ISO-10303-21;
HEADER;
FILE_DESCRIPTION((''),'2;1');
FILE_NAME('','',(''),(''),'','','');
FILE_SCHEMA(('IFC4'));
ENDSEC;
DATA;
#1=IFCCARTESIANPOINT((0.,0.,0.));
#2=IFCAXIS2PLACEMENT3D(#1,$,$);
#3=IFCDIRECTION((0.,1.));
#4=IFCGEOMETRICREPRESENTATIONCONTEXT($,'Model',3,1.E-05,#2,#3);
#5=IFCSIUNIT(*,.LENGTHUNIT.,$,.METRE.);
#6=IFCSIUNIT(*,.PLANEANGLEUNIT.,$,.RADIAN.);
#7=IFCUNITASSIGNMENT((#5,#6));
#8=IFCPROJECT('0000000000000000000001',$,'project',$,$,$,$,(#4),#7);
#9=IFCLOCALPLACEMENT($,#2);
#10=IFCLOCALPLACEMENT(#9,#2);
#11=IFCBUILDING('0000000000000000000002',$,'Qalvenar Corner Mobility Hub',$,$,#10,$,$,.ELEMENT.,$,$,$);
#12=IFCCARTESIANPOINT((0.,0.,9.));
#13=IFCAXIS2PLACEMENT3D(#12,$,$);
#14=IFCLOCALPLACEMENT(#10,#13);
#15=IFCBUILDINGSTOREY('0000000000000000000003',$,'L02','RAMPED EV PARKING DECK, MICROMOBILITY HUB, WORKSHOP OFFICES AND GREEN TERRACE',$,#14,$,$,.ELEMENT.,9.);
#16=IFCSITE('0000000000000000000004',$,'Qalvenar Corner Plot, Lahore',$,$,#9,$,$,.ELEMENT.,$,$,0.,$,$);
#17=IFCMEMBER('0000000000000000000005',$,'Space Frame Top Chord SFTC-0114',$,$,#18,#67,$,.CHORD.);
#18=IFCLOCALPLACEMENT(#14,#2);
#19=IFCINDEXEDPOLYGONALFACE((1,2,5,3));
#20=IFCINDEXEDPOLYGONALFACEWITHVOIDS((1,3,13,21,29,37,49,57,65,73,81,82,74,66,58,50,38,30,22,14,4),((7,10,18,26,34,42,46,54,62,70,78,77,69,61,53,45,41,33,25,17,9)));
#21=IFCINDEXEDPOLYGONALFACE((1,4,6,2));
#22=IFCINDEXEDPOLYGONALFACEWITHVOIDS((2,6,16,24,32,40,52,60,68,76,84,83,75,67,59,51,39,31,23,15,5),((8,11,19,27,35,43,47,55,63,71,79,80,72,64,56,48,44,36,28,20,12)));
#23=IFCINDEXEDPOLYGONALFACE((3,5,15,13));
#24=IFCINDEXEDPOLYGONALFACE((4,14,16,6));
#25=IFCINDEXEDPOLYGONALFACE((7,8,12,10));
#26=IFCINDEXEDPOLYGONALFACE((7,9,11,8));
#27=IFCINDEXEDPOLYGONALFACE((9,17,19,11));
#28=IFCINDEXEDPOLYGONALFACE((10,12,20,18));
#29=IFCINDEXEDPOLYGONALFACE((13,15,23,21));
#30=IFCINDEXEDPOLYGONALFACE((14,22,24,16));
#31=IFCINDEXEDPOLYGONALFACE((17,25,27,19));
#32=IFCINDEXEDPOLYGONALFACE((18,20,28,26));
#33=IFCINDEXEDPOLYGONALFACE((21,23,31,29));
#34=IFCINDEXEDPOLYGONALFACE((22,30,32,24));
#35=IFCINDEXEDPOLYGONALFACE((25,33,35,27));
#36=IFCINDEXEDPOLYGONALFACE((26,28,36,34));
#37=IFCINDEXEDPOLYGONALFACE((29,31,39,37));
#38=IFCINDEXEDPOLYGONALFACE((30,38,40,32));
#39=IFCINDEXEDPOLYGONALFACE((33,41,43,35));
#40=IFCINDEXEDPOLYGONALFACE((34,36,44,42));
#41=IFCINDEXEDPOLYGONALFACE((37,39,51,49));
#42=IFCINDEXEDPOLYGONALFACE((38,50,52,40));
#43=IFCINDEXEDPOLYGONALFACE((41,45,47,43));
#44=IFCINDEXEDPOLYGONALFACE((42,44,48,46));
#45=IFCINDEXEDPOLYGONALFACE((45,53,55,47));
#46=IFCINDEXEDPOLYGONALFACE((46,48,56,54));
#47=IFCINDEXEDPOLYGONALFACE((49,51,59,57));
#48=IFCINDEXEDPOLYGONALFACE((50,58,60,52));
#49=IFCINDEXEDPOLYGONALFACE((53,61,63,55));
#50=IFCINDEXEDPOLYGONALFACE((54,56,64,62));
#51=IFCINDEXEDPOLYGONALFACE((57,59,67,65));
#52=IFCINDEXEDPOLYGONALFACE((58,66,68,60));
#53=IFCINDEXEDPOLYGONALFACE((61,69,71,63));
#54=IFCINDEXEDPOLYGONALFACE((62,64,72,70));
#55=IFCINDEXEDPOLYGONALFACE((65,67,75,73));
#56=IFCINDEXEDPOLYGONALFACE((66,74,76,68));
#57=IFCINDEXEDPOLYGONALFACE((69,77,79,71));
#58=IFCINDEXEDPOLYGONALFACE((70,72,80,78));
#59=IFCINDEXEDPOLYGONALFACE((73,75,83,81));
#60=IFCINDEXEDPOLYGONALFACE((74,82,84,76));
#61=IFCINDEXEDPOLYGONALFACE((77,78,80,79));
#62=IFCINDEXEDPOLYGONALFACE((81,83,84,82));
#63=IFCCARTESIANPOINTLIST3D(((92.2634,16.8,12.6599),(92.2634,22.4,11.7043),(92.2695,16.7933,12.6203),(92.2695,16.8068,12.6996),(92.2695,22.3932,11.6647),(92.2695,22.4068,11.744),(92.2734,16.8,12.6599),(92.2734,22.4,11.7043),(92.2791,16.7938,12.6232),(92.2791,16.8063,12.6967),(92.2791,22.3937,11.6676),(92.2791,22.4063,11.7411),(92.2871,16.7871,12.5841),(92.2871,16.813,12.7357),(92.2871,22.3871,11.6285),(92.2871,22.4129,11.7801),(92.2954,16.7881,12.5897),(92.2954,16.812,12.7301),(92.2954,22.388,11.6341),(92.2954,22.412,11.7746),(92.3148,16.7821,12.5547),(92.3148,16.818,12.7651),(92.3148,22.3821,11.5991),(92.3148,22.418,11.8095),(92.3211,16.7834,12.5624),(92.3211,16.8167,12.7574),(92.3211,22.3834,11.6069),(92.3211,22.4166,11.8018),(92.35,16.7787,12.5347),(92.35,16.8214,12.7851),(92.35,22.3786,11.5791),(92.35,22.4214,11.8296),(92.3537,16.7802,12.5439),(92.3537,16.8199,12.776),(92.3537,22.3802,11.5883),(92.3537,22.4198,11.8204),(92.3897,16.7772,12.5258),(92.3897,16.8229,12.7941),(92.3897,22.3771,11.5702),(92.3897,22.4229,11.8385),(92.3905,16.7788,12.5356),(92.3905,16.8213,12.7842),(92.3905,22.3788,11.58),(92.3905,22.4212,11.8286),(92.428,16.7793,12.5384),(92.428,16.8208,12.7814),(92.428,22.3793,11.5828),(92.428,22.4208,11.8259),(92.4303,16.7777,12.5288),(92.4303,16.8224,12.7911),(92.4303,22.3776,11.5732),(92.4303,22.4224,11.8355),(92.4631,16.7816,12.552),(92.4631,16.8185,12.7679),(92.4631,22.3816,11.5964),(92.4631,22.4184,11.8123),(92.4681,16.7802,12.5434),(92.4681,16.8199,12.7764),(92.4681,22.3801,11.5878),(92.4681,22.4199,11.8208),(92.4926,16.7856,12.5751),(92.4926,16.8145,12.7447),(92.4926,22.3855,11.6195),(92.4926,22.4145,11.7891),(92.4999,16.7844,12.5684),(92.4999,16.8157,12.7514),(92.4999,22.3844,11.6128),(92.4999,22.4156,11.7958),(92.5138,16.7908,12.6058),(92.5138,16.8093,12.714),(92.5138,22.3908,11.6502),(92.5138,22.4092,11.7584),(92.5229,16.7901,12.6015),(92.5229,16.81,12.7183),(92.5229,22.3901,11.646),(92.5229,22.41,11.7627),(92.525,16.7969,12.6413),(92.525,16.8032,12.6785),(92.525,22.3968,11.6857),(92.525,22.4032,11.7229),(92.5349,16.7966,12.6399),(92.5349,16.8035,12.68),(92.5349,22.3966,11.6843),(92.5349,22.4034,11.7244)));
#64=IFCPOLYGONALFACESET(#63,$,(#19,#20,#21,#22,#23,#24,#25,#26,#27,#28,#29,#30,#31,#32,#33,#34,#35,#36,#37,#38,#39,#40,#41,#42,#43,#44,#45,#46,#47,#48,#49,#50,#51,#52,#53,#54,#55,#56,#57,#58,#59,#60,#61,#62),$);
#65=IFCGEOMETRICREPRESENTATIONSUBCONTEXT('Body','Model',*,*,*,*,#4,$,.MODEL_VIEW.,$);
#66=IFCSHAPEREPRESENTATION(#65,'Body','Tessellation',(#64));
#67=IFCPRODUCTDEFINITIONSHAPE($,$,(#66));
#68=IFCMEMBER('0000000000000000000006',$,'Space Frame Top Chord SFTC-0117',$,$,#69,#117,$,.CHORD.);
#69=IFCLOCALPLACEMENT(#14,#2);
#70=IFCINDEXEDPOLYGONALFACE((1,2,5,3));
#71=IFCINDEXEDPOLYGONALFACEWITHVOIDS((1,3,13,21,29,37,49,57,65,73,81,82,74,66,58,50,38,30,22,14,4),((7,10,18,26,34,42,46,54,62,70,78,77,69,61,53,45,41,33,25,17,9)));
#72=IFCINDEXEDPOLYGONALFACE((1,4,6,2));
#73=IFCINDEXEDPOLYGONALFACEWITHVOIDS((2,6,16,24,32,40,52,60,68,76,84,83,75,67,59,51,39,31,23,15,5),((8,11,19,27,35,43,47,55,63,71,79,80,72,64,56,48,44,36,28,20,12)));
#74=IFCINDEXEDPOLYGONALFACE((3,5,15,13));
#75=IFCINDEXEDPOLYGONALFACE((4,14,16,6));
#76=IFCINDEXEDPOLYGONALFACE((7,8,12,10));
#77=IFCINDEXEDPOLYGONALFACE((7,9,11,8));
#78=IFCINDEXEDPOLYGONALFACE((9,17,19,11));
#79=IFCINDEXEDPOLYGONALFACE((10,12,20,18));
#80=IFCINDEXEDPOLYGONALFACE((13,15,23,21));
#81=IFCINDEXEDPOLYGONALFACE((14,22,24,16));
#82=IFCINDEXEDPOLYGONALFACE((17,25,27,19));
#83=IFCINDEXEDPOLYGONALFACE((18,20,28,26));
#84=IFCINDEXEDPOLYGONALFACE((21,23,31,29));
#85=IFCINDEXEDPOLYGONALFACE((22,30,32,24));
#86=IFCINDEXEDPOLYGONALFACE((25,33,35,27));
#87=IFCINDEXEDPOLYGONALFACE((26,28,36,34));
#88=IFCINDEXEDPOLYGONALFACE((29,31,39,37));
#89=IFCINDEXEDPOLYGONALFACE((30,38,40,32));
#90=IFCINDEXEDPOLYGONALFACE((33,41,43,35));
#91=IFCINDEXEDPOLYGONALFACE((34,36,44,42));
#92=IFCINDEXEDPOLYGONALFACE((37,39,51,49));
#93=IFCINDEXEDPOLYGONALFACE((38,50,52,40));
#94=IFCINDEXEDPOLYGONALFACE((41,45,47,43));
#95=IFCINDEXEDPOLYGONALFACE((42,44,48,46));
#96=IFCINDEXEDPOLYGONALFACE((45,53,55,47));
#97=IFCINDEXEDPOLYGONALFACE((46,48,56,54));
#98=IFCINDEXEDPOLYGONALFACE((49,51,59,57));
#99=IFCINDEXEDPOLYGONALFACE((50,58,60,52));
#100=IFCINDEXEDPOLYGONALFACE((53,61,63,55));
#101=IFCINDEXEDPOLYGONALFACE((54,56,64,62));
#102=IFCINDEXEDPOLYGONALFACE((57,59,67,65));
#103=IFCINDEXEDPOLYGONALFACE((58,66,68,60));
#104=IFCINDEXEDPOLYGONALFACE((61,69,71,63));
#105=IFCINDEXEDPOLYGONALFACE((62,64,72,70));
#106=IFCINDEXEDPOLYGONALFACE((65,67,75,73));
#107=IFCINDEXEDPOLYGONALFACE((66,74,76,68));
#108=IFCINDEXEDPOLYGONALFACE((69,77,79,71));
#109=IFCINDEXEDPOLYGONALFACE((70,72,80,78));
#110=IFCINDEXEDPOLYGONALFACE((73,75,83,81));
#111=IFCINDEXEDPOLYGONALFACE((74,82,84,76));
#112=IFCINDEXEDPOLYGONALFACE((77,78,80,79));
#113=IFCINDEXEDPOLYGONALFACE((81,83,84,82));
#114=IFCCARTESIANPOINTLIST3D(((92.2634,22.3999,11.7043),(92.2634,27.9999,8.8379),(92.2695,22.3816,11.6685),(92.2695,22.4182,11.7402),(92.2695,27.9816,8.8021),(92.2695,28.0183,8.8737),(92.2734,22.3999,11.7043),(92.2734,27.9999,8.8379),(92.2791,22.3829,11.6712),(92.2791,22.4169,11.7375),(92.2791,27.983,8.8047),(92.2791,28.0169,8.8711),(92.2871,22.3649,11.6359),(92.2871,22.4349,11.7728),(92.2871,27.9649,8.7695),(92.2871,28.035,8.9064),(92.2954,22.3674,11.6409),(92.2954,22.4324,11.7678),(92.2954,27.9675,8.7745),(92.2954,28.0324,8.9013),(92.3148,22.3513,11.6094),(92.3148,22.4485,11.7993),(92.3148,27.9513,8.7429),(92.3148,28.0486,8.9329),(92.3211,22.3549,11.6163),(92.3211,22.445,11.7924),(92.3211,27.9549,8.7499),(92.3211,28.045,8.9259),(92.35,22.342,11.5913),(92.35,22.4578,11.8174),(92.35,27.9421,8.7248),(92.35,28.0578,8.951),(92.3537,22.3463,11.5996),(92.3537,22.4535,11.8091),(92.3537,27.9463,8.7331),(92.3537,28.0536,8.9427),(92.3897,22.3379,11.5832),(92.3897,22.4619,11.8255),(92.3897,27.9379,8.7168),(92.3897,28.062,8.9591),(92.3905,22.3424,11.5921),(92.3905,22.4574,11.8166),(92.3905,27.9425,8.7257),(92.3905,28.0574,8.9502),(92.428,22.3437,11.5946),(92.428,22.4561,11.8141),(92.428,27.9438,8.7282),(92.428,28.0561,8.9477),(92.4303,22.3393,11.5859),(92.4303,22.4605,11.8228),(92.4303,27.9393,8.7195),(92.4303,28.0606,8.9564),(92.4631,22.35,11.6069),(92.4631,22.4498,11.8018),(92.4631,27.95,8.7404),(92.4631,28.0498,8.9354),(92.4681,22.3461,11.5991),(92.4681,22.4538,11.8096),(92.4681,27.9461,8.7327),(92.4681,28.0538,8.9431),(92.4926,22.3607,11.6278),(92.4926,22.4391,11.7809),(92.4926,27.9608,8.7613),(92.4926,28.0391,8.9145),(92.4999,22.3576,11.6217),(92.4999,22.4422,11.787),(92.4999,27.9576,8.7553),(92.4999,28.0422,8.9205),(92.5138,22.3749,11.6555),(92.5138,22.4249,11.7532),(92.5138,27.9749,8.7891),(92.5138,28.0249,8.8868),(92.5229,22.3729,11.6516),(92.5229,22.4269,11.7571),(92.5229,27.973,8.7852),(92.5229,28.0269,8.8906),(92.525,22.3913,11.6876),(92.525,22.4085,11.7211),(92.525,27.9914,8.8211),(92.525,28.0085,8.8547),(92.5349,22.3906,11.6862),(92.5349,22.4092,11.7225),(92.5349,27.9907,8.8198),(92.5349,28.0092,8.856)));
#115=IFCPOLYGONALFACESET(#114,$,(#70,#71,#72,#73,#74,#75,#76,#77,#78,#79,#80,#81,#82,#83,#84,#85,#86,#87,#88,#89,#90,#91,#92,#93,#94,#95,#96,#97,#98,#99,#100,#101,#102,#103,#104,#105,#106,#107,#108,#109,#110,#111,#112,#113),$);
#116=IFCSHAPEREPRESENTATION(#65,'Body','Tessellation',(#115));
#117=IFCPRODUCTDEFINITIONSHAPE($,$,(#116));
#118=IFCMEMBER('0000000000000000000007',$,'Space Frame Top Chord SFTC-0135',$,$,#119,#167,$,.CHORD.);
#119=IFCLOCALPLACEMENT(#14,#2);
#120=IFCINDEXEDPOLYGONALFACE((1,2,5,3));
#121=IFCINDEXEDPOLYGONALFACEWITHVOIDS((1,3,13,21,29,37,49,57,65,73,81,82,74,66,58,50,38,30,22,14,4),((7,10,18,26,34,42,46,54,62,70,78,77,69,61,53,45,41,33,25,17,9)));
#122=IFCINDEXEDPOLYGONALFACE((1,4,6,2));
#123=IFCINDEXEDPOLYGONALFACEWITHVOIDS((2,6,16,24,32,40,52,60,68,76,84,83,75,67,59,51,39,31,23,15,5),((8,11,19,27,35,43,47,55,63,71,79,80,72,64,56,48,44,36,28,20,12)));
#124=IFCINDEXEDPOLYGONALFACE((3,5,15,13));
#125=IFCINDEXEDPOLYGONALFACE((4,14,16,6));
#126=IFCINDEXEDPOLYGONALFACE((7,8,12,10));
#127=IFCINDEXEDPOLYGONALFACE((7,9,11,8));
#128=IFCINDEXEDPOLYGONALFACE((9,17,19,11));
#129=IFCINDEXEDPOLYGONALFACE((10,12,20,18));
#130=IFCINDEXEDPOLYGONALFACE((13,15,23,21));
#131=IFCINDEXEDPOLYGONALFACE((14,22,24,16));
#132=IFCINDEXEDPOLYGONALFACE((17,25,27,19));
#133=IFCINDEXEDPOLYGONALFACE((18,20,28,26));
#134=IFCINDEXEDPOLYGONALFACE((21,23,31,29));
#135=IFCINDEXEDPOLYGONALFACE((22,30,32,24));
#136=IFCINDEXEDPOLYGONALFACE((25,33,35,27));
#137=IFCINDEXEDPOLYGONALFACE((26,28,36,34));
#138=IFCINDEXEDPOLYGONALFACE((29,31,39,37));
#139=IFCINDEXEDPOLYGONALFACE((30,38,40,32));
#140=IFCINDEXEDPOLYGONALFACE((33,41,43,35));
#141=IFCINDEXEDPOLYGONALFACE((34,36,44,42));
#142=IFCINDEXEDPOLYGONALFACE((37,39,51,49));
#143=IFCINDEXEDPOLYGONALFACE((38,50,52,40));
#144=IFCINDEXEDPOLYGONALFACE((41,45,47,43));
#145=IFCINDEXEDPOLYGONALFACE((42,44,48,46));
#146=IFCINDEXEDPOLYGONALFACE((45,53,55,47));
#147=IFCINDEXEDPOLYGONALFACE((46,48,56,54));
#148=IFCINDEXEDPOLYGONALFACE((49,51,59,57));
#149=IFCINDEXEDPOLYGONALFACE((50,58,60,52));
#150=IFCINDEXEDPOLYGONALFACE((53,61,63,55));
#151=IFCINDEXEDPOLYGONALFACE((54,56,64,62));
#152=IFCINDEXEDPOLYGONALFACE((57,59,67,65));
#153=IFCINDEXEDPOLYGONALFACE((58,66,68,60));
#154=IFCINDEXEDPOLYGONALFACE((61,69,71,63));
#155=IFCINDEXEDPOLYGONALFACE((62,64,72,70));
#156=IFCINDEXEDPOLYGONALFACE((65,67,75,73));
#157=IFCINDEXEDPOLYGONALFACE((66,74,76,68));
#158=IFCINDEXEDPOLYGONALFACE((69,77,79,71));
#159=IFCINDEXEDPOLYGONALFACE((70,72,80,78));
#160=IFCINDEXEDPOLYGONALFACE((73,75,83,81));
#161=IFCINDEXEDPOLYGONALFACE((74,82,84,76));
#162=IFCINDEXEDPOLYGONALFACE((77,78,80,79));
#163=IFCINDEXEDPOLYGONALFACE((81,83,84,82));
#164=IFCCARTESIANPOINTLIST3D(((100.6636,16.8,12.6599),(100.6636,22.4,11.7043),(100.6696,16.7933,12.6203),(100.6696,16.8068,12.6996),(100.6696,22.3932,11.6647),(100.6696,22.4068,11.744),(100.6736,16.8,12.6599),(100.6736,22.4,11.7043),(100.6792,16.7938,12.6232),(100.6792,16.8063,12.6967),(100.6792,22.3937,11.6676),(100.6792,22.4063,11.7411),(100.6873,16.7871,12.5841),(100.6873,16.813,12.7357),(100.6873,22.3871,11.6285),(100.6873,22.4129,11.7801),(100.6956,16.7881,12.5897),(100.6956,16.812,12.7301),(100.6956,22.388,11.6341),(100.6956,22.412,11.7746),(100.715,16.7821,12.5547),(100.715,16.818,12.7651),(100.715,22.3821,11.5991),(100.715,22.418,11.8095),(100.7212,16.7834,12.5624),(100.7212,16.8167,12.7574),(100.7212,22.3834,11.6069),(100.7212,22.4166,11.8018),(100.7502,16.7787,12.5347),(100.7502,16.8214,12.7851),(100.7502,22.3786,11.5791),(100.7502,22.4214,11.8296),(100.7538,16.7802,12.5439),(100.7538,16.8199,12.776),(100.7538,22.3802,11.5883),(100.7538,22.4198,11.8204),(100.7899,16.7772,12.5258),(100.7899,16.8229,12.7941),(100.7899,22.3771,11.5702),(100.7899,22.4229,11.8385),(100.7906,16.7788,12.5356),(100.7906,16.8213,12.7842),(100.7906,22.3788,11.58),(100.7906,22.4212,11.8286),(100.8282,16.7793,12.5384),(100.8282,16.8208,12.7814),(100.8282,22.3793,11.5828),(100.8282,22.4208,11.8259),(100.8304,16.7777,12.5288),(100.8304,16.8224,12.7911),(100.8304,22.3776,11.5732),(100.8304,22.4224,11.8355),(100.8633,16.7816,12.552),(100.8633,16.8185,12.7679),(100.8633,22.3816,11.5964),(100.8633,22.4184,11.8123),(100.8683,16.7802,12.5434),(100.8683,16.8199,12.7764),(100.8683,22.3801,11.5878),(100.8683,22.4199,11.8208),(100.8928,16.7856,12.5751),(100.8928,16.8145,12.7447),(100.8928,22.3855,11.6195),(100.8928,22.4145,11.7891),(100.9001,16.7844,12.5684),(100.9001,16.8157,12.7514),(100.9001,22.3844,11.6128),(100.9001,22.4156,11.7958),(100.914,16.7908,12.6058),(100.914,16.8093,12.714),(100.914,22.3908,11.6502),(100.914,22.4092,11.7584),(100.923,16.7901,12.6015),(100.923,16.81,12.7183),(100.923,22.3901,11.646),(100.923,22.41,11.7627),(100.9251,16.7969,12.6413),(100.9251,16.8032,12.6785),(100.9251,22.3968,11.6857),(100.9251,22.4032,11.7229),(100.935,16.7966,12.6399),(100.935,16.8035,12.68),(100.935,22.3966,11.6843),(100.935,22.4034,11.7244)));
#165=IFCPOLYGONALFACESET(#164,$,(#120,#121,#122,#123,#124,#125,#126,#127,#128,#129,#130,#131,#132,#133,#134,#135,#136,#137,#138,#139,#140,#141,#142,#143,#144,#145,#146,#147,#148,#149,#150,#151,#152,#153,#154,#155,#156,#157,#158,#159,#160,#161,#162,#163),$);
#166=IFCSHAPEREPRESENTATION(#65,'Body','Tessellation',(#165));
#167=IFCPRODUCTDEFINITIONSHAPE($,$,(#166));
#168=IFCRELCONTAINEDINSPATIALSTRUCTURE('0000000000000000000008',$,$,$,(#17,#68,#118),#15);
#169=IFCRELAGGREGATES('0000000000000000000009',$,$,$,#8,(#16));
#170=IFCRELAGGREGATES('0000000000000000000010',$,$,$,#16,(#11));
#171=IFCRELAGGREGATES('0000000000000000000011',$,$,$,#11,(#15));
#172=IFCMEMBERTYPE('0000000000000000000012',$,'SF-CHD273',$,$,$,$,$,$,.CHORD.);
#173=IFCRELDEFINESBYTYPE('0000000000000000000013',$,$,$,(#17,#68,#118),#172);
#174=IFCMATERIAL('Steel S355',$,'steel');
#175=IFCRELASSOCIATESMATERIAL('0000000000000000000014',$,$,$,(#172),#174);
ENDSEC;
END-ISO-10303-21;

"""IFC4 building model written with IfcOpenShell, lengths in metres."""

from ifc_helpers import new_model, si_unit, direction, frame, origin, origin_2d, place, context, subcontext, project, spatial, hollow_circle, extrude, material, material_profile, profile_set, type_object, element, save


model = new_model("IFC4")

# Units and contexts
model_context = context("Model", 3, precision=1e-05, world=origin(), true_north=direction((0.0, 1.0)))
body_context = subcontext(model_context, "Body", "Model", "MODEL_VIEW")
ifc_project = project(units=[si_unit("LENGTHUNIT", "METRE"), si_unit("PLANEANGLEUNIT", "RADIAN")], contexts=[model_context])

# Site, building, storey
site_placement = place(None, origin())
site = spatial("IfcSite", under=ifc_project, at=site_placement, Name="Qalvenar Corner Plot, Lahore", CompositionType="ELEMENT", RefElevation=0.0)
building_placement = place(site_placement, origin())
building = spatial("IfcBuilding", under=site, at=building_placement, Name="Qalvenar Corner Mobility Hub", CompositionType="ELEMENT")
storey_placement = place(building_placement, frame((0.0, 0.0, 9.0)))
storey = spatial("IfcBuildingStorey", under=building, at=storey_placement, Name="L02", Description="RAMPED EV PARKING DECK, MICROMOBILITY HUB, WORKSHOP OFFICES AND GREEN TERRACE", CompositionType="ELEMENT", Elevation=9.0)

# Members
ifc_material_1 = material(Name="Steel S355", Category="steel")
ifc_material_profile_1 = material_profile(ifc_material_1, hollow_circle(Radius=0.1365, WallThickness=0.01, at=origin_2d()), Name="CHS273x10")
ifc_profile_set_1 = profile_set([ifc_material_profile_1], Name="Steel S355")
member_type_1 = type_object("IfcMemberType", Name="SF-CHD273", PredefinedType="CHORD", material=ifc_profile_set_1)
member_1_placement = place(storey_placement, frame((92.3999, 16.8, 12.6599), z_axis=(0.0, 0.985751, -0.16821), x_axis=(-1.0, 0.0, 0.0)))
element("IfcMember", 1, at=member_1_placement, inside=storey, type_object=member_type_1, Name="Space Frame Top Chord SFTC-0114", PredefinedType="CHORD", context=body_context, shape_type="SweptSolid", body=[
    extrude(hollow_circle(Radius=0.1365, WallThickness=0.01, at=origin_2d()), origin(), (0.0, 0.0, 1.0), 5.6809),
])
member_2_placement = place(storey_placement, frame((92.3999, 22.3999, 11.7043), z_axis=(0.0, 0.890165, -0.455638), x_axis=(-1.0, 0.0, 0.0)))
element("IfcMember", 2, at=member_2_placement, inside=storey, type_object=member_type_1, Name="Space Frame Top Chord SFTC-0117", PredefinedType="CHORD", context=body_context, shape_type="SweptSolid", body=[
    extrude(hollow_circle(Radius=0.1365, WallThickness=0.01, at=origin_2d()), origin(), (0.0, 0.0, 1.0), 6.291),
])
member_3_placement = place(storey_placement, frame((100.8, 16.8, 12.6599), z_axis=(0.0, 0.985751, -0.16821), x_axis=(-1.0, 0.0, 0.0)))
element("IfcMember", 3, at=member_3_placement, inside=storey, type_object=member_type_1, Name="Space Frame Top Chord SFTC-0135", PredefinedType="CHORD", context=body_context, shape_type="SweptSolid", body=[
    extrude(hollow_circle(Radius=0.1365, WallThickness=0.01, at=origin_2d()), origin(), (0.0, 0.0, 1.0), 5.6809),
])

save(model, "model.ifc")
